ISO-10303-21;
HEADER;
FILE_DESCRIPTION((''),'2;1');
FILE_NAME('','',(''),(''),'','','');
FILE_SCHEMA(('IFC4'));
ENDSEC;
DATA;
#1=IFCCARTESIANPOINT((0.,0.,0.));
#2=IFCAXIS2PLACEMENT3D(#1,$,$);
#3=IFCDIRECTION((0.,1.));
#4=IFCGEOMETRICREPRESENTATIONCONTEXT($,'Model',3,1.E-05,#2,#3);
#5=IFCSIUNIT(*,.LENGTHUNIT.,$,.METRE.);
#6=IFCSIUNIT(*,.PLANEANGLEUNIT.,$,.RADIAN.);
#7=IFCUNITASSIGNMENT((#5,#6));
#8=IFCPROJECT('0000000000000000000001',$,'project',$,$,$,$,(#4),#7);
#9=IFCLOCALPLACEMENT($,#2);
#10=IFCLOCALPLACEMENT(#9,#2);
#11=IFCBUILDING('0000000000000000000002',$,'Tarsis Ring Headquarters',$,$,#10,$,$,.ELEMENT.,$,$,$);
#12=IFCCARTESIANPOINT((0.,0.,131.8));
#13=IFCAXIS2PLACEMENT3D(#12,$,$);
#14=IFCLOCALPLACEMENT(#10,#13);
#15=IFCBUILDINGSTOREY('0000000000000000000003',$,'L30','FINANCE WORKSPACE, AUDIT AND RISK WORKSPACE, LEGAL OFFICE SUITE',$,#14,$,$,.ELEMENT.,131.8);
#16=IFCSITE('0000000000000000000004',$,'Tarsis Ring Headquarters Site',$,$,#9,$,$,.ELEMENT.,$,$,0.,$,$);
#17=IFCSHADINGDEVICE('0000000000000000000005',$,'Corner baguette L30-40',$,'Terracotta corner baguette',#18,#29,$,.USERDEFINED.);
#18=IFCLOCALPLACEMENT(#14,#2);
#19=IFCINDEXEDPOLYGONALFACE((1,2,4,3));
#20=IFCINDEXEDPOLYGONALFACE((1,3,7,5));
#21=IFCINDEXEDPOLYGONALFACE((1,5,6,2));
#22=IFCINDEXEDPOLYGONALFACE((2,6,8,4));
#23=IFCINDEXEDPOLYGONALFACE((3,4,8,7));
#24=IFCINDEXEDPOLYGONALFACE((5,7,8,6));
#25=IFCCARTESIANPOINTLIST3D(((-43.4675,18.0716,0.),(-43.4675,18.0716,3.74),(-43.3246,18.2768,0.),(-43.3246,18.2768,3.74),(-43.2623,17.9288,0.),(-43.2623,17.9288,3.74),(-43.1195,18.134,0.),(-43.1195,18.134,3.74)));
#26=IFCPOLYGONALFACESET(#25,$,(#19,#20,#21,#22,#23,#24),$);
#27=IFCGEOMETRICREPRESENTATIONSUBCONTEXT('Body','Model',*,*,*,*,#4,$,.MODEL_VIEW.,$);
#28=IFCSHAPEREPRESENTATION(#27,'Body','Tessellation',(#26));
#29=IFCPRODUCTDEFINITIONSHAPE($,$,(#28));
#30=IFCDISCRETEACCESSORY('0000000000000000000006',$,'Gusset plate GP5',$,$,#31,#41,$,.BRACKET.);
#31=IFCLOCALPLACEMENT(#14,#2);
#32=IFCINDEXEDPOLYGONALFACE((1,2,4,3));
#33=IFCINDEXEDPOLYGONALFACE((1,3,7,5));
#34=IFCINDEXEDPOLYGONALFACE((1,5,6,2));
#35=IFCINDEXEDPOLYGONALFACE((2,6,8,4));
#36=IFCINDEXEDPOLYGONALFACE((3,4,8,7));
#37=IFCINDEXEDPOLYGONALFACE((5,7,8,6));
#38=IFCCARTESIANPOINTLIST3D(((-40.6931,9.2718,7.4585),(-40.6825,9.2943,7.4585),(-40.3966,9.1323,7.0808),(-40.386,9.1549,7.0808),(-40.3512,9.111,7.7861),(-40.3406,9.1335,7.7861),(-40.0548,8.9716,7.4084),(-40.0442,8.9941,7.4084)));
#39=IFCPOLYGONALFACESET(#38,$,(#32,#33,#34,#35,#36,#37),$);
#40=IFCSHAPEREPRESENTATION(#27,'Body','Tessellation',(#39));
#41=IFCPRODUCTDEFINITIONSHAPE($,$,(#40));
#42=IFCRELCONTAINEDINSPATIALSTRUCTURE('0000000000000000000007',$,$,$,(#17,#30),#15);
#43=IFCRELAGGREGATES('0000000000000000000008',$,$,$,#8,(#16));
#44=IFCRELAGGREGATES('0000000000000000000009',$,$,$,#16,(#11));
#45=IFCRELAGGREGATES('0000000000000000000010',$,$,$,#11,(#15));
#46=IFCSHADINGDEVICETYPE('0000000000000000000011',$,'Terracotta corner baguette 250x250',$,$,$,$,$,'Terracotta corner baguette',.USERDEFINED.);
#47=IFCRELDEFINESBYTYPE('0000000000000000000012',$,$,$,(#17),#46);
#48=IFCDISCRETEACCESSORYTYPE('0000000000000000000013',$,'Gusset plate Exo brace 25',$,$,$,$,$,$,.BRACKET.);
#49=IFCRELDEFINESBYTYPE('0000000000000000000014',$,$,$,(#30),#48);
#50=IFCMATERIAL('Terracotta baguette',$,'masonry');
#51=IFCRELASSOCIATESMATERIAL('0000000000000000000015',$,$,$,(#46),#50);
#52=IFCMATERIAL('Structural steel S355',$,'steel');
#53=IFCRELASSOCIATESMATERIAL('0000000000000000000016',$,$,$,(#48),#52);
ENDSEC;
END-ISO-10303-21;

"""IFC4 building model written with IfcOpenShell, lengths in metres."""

from ifc_helpers import new_model, si_unit, direction, frame, origin, origin_2d, place, context, subcontext, project, spatial, rectangle, extrude, material, material_profile, profile_set, type_object, element, save


model = new_model("IFC4")

# Units and contexts
model_context = context("Model", 3, precision=1e-05, world=origin(), true_north=direction((0.0, 1.0)))
body_context = subcontext(model_context, "Body", "Model", "MODEL_VIEW")
ifc_project = project(units=[si_unit("LENGTHUNIT", "METRE"), si_unit("PLANEANGLEUNIT", "RADIAN")], contexts=[model_context])

# Site, building, storey
site_placement = place(None, origin())
site = spatial("IfcSite", under=ifc_project, at=site_placement, Name="Tarsis Ring Headquarters Site", CompositionType="ELEMENT", RefElevation=0.0)
building_placement = place(site_placement, origin())
building = spatial("IfcBuilding", under=site, at=building_placement, Name="Tarsis Ring Headquarters", CompositionType="ELEMENT")
storey_placement = place(building_placement, frame((0.0, 0.0, 131.8)))
storey = spatial("IfcBuildingStorey", under=building, at=storey_placement, Name="L30", Description="FINANCE WORKSPACE, AUDIT AND RISK WORKSPACE, LEGAL OFFICE SUITE", CompositionType="ELEMENT", Elevation=131.8)

# Shared definitions
ifc_material_1 = material(Name="Structural steel S355", Category="steel")

# Shading device
ifc_material_2 = material(Name="Terracotta baguette", Category="masonry")
shading_device_type_1 = type_object("IfcShadingDeviceType", Name="Terracotta corner baguette 250x250", ElementType="Terracotta corner baguette", PredefinedType="USERDEFINED", material=ifc_material_2)
for number, where, z_axis, x_axis, name in (
    (1, (-43.2935, 18.1028, 0.0), (0.0, 0.0, 1.0), (0.820751, -0.571286, 0.0), "Corner baguette L30-40"),
):
    element("IfcShadingDevice", number, at=place(storey_placement, frame(where, z_axis=z_axis, x_axis=x_axis)), inside=storey, type_object=shading_device_type_1, Name=name, ObjectType="Terracotta corner baguette", PredefinedType="USERDEFINED", context=body_context, shape_type="SweptSolid", body=[
        extrude(rectangle(XDim=0.25, YDim=0.25, at=origin_2d()), origin(), (0.0, 0.0, 1.0), 3.74),
    ])

# Discrete accessory
ifc_material_profile_1 = material_profile(ifc_material_1, rectangle(XDim=0.0249, YDim=0.5, at=origin_2d()), Name="PL 25x500")
ifc_profile_set_1 = profile_set([ifc_material_profile_1], Name="Structural steel S355")
discrete_accessory_type = type_object("IfcDiscreteAccessoryType", Name="Gusset plate Exo brace 25", PredefinedType="BRACKET", material=ifc_profile_set_1)
discrete_accessory_placement = place(storey_placement, frame((-40.5168, 9.2026, 7.6223), z_axis=(0.592862, -0.27885, -0.755484), x_axis=(0.425618, 0.904903, 0.0)))
element("IfcDiscreteAccessory", 2, at=discrete_accessory_placement, inside=storey, type_object=discrete_accessory_type, Name="Gusset plate GP5", PredefinedType="BRACKET", context=body_context, shape_type="SweptSolid", body=[
    extrude(rectangle(XDim=0.0249, YDim=0.5, at=origin_2d()), origin(), (0.0, 0.0, 1.0), 0.5),
])

save(model, "model.ifc")
